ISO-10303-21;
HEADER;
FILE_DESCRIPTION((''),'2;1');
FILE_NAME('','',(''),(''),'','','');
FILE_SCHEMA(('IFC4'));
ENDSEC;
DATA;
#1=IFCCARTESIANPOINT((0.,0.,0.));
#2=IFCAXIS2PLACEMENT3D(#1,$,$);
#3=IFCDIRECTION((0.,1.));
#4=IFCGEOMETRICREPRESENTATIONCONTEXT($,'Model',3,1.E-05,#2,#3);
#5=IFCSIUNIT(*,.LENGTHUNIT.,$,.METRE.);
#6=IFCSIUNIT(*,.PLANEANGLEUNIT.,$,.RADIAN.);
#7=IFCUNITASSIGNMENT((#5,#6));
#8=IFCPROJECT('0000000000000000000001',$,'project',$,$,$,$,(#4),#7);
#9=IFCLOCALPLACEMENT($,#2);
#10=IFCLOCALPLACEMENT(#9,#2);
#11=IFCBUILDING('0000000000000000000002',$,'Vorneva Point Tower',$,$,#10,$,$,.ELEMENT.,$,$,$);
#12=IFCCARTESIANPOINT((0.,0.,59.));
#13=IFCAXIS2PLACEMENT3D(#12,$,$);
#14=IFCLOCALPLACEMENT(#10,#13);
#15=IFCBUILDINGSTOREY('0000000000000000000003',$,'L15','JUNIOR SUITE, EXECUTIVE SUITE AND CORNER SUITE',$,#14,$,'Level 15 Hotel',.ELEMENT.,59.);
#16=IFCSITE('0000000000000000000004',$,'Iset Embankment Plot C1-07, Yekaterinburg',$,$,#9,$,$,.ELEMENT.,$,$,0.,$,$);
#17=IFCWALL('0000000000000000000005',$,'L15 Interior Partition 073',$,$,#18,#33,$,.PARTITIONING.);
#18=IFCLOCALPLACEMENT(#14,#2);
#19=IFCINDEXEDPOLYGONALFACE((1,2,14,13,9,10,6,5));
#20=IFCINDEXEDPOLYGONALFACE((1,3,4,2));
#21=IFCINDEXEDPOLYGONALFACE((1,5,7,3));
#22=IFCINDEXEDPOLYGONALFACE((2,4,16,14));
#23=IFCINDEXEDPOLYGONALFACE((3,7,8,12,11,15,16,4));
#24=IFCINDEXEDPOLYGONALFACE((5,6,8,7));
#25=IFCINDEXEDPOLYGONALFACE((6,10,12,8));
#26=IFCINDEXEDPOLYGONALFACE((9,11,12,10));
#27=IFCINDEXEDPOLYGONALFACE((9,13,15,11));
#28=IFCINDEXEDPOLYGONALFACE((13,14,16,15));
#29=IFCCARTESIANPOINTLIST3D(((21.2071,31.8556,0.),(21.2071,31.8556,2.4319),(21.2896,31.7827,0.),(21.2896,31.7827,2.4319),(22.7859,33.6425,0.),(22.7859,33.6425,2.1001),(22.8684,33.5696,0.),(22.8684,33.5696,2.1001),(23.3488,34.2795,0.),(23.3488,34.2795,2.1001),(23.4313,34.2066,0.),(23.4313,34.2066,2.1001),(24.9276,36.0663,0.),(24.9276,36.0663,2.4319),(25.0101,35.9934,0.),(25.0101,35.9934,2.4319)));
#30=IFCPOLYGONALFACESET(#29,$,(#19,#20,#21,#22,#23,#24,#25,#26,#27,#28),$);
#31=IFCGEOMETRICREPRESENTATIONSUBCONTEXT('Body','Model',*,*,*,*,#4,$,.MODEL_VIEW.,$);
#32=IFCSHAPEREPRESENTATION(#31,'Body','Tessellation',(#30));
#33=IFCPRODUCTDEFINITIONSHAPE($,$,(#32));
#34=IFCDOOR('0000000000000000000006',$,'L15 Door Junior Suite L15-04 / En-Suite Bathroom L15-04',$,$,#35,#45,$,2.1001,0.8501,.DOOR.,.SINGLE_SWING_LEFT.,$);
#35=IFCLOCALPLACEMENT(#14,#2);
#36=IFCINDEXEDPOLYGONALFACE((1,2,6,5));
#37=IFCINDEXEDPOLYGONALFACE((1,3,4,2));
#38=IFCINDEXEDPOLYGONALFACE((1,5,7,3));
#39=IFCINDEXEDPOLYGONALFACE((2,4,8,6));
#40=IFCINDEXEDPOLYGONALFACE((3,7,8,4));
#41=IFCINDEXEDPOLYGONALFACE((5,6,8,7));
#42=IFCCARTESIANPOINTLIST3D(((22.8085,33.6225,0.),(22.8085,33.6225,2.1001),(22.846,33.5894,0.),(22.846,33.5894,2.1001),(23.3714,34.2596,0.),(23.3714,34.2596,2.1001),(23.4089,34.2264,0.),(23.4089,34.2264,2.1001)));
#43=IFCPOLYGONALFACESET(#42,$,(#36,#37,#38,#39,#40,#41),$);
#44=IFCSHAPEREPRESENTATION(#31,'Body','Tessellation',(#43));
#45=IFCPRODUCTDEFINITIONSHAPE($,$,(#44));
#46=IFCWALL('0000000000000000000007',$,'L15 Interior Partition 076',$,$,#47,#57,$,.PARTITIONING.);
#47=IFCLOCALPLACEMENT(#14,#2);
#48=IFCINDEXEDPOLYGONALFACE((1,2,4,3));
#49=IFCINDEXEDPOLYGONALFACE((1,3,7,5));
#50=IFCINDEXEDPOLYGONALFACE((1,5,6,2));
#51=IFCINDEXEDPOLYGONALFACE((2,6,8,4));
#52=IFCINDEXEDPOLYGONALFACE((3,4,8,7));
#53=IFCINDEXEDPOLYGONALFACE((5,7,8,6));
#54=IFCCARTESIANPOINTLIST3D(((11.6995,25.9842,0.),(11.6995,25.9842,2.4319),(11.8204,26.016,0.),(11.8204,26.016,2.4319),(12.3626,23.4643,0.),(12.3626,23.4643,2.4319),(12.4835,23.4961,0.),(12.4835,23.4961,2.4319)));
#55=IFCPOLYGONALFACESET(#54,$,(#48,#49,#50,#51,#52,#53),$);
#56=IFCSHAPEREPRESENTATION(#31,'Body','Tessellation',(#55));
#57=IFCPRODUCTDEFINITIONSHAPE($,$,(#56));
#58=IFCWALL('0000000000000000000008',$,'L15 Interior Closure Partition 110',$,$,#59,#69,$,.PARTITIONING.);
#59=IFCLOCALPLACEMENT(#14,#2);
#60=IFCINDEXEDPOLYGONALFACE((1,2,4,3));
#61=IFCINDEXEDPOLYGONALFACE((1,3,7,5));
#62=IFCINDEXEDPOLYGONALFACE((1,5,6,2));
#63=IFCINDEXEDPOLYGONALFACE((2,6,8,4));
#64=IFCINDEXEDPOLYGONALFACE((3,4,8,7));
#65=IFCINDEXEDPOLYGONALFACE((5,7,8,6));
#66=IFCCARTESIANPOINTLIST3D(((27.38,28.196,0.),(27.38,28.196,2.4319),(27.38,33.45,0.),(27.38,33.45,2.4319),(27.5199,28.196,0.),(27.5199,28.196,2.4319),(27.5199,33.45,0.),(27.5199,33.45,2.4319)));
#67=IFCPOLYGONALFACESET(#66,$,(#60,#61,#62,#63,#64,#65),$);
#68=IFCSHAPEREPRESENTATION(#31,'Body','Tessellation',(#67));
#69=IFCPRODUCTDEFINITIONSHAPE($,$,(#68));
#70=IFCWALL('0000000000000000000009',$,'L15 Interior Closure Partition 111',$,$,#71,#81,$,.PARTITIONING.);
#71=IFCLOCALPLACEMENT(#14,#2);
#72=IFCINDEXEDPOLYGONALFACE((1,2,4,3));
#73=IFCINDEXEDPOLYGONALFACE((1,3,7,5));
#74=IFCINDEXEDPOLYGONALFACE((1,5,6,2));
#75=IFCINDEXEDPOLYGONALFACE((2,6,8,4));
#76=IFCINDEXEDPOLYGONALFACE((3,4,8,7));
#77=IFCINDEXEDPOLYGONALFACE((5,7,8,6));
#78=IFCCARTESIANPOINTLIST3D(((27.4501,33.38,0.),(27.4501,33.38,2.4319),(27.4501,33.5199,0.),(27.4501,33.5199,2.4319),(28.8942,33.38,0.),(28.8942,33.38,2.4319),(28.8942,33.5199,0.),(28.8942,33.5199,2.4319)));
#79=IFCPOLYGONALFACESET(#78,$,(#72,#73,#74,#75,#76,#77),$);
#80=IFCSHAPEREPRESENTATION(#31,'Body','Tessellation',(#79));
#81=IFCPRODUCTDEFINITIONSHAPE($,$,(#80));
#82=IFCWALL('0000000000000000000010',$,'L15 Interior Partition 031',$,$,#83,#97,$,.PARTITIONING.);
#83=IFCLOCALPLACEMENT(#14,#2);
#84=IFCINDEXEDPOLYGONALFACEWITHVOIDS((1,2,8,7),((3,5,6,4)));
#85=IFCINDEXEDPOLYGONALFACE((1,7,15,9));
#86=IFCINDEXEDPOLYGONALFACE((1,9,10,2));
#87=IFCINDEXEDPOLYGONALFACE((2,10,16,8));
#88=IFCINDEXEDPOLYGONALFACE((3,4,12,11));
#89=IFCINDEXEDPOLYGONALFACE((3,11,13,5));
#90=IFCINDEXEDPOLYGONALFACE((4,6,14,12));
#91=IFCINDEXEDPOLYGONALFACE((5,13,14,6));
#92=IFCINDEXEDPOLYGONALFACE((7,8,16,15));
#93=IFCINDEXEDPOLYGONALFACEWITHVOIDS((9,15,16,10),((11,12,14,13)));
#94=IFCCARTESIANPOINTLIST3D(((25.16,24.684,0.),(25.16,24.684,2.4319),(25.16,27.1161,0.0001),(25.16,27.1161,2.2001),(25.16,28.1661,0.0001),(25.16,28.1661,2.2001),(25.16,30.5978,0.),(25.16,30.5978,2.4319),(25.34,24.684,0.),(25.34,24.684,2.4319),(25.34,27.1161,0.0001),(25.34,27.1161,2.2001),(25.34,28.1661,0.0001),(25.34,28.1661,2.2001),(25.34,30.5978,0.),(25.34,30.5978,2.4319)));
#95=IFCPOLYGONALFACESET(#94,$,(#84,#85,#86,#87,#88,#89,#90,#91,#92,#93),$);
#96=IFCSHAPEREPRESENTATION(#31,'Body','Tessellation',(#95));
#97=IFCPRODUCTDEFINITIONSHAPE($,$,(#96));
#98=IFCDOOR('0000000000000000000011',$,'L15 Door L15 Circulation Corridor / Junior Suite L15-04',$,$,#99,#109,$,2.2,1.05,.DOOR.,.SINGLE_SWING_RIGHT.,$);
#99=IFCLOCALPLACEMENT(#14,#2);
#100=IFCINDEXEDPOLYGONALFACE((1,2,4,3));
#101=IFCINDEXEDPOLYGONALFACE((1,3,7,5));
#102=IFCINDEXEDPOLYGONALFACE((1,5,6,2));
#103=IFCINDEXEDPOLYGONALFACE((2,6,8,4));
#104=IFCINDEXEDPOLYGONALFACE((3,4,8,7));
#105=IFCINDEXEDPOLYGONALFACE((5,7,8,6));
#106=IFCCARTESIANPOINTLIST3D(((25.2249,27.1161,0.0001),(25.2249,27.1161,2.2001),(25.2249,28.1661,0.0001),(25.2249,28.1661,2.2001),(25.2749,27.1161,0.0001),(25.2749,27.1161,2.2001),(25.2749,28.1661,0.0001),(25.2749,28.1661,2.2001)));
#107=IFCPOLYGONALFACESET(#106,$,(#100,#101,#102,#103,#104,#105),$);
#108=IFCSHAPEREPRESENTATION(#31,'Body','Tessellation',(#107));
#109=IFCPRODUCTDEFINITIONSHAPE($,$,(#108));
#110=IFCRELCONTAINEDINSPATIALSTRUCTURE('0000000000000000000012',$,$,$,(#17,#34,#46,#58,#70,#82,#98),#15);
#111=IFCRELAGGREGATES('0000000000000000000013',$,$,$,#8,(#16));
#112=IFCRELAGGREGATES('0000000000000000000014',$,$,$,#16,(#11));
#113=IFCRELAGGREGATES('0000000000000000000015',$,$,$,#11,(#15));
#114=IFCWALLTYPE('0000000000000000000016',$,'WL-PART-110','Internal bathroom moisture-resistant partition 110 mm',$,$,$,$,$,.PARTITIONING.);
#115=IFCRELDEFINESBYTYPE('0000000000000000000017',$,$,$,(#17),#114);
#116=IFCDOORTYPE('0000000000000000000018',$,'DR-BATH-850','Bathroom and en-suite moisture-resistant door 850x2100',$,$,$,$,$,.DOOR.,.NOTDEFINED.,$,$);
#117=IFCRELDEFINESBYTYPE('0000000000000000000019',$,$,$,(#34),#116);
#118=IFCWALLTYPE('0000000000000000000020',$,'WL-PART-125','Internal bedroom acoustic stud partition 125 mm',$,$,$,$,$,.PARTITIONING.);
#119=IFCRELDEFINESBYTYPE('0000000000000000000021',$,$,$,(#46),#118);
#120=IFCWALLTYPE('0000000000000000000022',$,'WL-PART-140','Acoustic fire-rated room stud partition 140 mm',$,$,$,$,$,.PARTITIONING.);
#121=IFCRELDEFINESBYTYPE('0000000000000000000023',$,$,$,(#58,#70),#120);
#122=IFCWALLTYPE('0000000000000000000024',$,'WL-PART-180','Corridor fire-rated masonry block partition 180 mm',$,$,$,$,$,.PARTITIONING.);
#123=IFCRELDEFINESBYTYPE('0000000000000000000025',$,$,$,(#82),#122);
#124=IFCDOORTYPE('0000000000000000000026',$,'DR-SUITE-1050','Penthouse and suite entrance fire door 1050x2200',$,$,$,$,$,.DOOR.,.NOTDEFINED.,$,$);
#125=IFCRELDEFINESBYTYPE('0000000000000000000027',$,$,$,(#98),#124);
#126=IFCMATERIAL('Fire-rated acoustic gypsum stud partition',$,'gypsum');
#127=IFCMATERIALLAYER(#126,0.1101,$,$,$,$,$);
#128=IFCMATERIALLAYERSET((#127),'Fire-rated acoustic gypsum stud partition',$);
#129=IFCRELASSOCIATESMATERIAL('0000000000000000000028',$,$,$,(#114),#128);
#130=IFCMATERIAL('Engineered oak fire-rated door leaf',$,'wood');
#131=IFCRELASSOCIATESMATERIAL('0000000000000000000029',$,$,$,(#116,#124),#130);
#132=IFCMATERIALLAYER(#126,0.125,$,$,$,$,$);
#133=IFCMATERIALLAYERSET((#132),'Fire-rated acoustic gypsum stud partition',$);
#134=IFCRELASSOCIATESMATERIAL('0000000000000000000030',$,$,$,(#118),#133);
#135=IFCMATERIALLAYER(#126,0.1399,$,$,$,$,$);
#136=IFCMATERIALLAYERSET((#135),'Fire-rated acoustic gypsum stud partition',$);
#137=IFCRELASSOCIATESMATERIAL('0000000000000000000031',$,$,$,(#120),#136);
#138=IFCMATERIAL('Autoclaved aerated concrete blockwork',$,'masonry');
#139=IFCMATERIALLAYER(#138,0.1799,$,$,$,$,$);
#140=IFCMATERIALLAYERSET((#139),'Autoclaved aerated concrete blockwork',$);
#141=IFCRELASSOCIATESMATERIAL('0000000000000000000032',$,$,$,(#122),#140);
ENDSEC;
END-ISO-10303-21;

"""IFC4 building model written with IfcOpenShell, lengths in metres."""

from ifc_helpers import new_model, si_unit, direction, frame, frame_2d, origin, place, context, subcontext, project, spatial, rectangle, extrude, material, layer, layer_set, type_object, element, fill, save


model = new_model("IFC4")

# Units and contexts
model_context = context("Model", 3, precision=1e-05, world=origin(), true_north=direction((0.0, 1.0)))
body_context = subcontext(model_context, "Body", "Model", "MODEL_VIEW")
ifc_project = project(units=[si_unit("LENGTHUNIT", "METRE"), si_unit("PLANEANGLEUNIT", "RADIAN")], contexts=[model_context])

# Site, building, storey
site_placement = place(None, origin())
site = spatial("IfcSite", under=ifc_project, at=site_placement, Name="Iset Embankment Plot C1-07, Yekaterinburg", CompositionType="ELEMENT", RefElevation=0.0)
building_placement = place(site_placement, origin())
building = spatial("IfcBuilding", under=site, at=building_placement, Name="Vorneva Point Tower", CompositionType="ELEMENT")
storey_placement = place(building_placement, frame((0.0, 0.0, 59.0)))
storey = spatial("IfcBuildingStorey", under=building, at=storey_placement, Name="L15", Description="JUNIOR SUITE, EXECUTIVE SUITE AND CORNER SUITE", LongName="Level 15 Hotel", CompositionType="ELEMENT", Elevation=59.0)

# Shared definitions
ifc_material_1 = material(Name="Fire-rated acoustic gypsum stud partition", Category="gypsum")
ifc_layer_1 = layer(ifc_material_1, 0.1101)
ifc_layer_set_1 = layer_set([ifc_layer_1], Name="Fire-rated acoustic gypsum stud partition")
wall_type_1 = type_object("IfcWallType", Name="WL-PART-110", Description="Internal bathroom moisture-resistant partition 110 mm", PredefinedType="PARTITIONING", material=ifc_layer_set_1)

# Wall, opening, door
wall_1_placement = place(storey_placement, frame((21.2483, 31.8191, 0.0), z_axis=(0.0, 0.0, 1.0), x_axis=(0.662136, 0.749384, 0.0)))
wall_1 = element("IfcWall", 1, at=wall_1_placement, inside=storey, type_object=wall_type_1, Name="L15 Interior Partition 073", PredefinedType="PARTITIONING", context=body_context, shape_type="SweptSolid", body=[
    extrude(rectangle(XDim=5.6189, YDim=0.1101, at=frame_2d((2.8096, 0.0))), origin(), (0.0, 0.0, 1.0), 2.4319),
])
opening_1_placement = place(wall_1_placement, frame((2.3845, 0.0, 0.0)))
opening_1 = element("IfcOpeningElement", 2, at=opening_1_placement, cuts=wall_1, PredefinedType="OPENING", context=body_context, shape_type="SweptSolid", body=[
    extrude(rectangle(XDim=0.8501, YDim=2.1001, at=frame_2d((0.425, 1.05))), frame((0.0, 0.0698, 0.0), z_axis=(0.0, -1.0, 0.0), x_axis=(1.0, 0.0, 0.0)), (0.0, 0.0, 1.0), 0.1399),
])
ifc_material_2 = material(Name="Engineered oak fire-rated door leaf", Category="wood")
door_type_1 = type_object("IfcDoorType", Name="DR-BATH-850", Description="Bathroom and en-suite moisture-resistant door 850x2100", OperationType="NOTDEFINED", PredefinedType="DOOR", material=ifc_material_2)
door_1_placement = place(opening_1_placement, origin())
door_1 = element("IfcDoor", 3, at=door_1_placement, inside=storey, type_object=door_type_1, Name="L15 Door Junior Suite L15-04 / En-Suite Bathroom L15-04", OperationType="SINGLE_SWING_LEFT", OverallHeight=2.1001, OverallWidth=0.8501, PredefinedType="DOOR", context=body_context, shape_type="SweptSolid", body=[
    extrude(rectangle(XDim=0.8501, YDim=2.1001, at=frame_2d((0.425, 1.05))), frame((0.0, 0.0249, 0.0), z_axis=(0.0, -1.0, 0.0), x_axis=(1.0, 0.0, 0.0)), (0.0, 0.0, 1.0), 0.05),
])
fill(opening_1, door_1)

# Walls
ifc_layer_2 = layer(ifc_material_1, 0.125)
ifc_layer_set_2 = layer_set([ifc_layer_2], Name="Fire-rated acoustic gypsum stud partition")
wall_type_2 = type_object("IfcWallType", Name="WL-PART-125", Description="Internal bedroom acoustic stud partition 125 mm", PredefinedType="PARTITIONING", material=ifc_layer_set_2)
wall_2_placement = place(storey_placement, frame((11.76, 26.0, 0.0), z_axis=(0.0, 0.0, 1.0), x_axis=(0.254466, -0.967082, 0.0)))
element("IfcWall", 4, at=wall_2_placement, inside=storey, type_object=wall_type_2, Name="L15 Interior Partition 076", PredefinedType="PARTITIONING", context=body_context, shape_type="SweptSolid", body=[
    extrude(rectangle(XDim=2.6057, YDim=0.125, at=frame_2d((1.3027, 0.0))), origin(), (0.0, 0.0, 1.0), 2.4319),
])
ifc_layer_3 = layer(ifc_material_1, 0.1399)
ifc_layer_set_3 = layer_set([ifc_layer_3], Name="Fire-rated acoustic gypsum stud partition")
wall_type_3 = type_object("IfcWallType", Name="WL-PART-140", Description="Acoustic fire-rated room stud partition 140 mm", PredefinedType="PARTITIONING", material=ifc_layer_set_3)
wall_3_placement = place(storey_placement, frame((27.45, 28.196, 0.0), z_axis=(0.0, 0.0, 1.0), x_axis=(0.0, 1.0, 0.0)))
element("IfcWall", 5, at=wall_3_placement, inside=storey, type_object=wall_type_3, Name="L15 Interior Closure Partition 110", PredefinedType="PARTITIONING", context=body_context, shape_type="SweptSolid", body=[
    extrude(rectangle(XDim=5.2539, YDim=0.1399, at=frame_2d((2.627, 0.0))), origin(), (0.0, 0.0, 1.0), 2.4319),
])
wall_4_placement = place(storey_placement, frame((27.45, 33.45, 0.0), z_axis=(0.0, 0.0, 1.0), x_axis=(1.0, 0.0, 0.0)))
element("IfcWall", 6, at=wall_4_placement, inside=storey, type_object=wall_type_3, Name="L15 Interior Closure Partition 111", PredefinedType="PARTITIONING", context=body_context, shape_type="SweptSolid", body=[
    extrude(rectangle(XDim=1.4441, YDim=0.1399, at=frame_2d((0.7222, 0.0))), origin(), (0.0, 0.0, 1.0), 2.4319),
])

# Wall, opening, door
ifc_material_3 = material(Name="Autoclaved aerated concrete blockwork", Category="masonry")
ifc_layer_4 = layer(ifc_material_3, 0.1799)
ifc_layer_set_4 = layer_set([ifc_layer_4], Name="Autoclaved aerated concrete blockwork")
wall_type_4 = type_object("IfcWallType", Name="WL-PART-180", Description="Corridor fire-rated masonry block partition 180 mm", PredefinedType="PARTITIONING", material=ifc_layer_set_4)
wall_5_placement = place(storey_placement, frame((25.25, 30.5979, 0.0), z_axis=(0.0, 0.0, 1.0), x_axis=(0.0, -1.0, 0.0)))
wall_5 = element("IfcWall", 7, at=wall_5_placement, inside=storey, type_object=wall_type_4, Name="L15 Interior Partition 031", PredefinedType="PARTITIONING", context=body_context, shape_type="SweptSolid", body=[
    extrude(rectangle(XDim=5.9138, YDim=0.1799, at=frame_2d((2.957, 0.0))), origin(), (0.0, 0.0, 1.0), 2.4319),
])
opening_2_placement = place(wall_5_placement, frame((2.4319, 0.0, 0.0)))
opening_2 = element("IfcOpeningElement", 8, at=opening_2_placement, cuts=wall_5, PredefinedType="OPENING", context=body_context, shape_type="SweptSolid", body=[
    extrude(rectangle(XDim=1.05, YDim=2.2, at=frame_2d((0.5249, 1.1001))), frame((0.0, 0.105, 0.0), z_axis=(0.0, -1.0, 0.0), x_axis=(1.0, 0.0, 0.0)), (0.0, 0.0, 1.0), 0.2097),
])
door_type_2 = type_object("IfcDoorType", Name="DR-SUITE-1050", Description="Penthouse and suite entrance fire door 1050x2200", OperationType="NOTDEFINED", PredefinedType="DOOR", material=ifc_material_2)
door_2_placement = place(opening_2_placement, origin())
door_2 = element("IfcDoor", 9, at=door_2_placement, inside=storey, type_object=door_type_2, Name="L15 Door L15 Circulation Corridor / Junior Suite L15-04", OperationType="SINGLE_SWING_RIGHT", OverallHeight=2.2, OverallWidth=1.05, PredefinedType="DOOR", context=body_context, shape_type="SweptSolid", body=[
    extrude(rectangle(XDim=1.05, YDim=2.2, at=frame_2d((0.5249, 1.1001))), frame((0.0, 0.0249, 0.0), z_axis=(0.0, -1.0, 0.0), x_axis=(1.0, 0.0, 0.0)), (0.0, 0.0, 1.0), 0.05),
])
fill(opening_2, door_2)

save(model, "model.ifc")
